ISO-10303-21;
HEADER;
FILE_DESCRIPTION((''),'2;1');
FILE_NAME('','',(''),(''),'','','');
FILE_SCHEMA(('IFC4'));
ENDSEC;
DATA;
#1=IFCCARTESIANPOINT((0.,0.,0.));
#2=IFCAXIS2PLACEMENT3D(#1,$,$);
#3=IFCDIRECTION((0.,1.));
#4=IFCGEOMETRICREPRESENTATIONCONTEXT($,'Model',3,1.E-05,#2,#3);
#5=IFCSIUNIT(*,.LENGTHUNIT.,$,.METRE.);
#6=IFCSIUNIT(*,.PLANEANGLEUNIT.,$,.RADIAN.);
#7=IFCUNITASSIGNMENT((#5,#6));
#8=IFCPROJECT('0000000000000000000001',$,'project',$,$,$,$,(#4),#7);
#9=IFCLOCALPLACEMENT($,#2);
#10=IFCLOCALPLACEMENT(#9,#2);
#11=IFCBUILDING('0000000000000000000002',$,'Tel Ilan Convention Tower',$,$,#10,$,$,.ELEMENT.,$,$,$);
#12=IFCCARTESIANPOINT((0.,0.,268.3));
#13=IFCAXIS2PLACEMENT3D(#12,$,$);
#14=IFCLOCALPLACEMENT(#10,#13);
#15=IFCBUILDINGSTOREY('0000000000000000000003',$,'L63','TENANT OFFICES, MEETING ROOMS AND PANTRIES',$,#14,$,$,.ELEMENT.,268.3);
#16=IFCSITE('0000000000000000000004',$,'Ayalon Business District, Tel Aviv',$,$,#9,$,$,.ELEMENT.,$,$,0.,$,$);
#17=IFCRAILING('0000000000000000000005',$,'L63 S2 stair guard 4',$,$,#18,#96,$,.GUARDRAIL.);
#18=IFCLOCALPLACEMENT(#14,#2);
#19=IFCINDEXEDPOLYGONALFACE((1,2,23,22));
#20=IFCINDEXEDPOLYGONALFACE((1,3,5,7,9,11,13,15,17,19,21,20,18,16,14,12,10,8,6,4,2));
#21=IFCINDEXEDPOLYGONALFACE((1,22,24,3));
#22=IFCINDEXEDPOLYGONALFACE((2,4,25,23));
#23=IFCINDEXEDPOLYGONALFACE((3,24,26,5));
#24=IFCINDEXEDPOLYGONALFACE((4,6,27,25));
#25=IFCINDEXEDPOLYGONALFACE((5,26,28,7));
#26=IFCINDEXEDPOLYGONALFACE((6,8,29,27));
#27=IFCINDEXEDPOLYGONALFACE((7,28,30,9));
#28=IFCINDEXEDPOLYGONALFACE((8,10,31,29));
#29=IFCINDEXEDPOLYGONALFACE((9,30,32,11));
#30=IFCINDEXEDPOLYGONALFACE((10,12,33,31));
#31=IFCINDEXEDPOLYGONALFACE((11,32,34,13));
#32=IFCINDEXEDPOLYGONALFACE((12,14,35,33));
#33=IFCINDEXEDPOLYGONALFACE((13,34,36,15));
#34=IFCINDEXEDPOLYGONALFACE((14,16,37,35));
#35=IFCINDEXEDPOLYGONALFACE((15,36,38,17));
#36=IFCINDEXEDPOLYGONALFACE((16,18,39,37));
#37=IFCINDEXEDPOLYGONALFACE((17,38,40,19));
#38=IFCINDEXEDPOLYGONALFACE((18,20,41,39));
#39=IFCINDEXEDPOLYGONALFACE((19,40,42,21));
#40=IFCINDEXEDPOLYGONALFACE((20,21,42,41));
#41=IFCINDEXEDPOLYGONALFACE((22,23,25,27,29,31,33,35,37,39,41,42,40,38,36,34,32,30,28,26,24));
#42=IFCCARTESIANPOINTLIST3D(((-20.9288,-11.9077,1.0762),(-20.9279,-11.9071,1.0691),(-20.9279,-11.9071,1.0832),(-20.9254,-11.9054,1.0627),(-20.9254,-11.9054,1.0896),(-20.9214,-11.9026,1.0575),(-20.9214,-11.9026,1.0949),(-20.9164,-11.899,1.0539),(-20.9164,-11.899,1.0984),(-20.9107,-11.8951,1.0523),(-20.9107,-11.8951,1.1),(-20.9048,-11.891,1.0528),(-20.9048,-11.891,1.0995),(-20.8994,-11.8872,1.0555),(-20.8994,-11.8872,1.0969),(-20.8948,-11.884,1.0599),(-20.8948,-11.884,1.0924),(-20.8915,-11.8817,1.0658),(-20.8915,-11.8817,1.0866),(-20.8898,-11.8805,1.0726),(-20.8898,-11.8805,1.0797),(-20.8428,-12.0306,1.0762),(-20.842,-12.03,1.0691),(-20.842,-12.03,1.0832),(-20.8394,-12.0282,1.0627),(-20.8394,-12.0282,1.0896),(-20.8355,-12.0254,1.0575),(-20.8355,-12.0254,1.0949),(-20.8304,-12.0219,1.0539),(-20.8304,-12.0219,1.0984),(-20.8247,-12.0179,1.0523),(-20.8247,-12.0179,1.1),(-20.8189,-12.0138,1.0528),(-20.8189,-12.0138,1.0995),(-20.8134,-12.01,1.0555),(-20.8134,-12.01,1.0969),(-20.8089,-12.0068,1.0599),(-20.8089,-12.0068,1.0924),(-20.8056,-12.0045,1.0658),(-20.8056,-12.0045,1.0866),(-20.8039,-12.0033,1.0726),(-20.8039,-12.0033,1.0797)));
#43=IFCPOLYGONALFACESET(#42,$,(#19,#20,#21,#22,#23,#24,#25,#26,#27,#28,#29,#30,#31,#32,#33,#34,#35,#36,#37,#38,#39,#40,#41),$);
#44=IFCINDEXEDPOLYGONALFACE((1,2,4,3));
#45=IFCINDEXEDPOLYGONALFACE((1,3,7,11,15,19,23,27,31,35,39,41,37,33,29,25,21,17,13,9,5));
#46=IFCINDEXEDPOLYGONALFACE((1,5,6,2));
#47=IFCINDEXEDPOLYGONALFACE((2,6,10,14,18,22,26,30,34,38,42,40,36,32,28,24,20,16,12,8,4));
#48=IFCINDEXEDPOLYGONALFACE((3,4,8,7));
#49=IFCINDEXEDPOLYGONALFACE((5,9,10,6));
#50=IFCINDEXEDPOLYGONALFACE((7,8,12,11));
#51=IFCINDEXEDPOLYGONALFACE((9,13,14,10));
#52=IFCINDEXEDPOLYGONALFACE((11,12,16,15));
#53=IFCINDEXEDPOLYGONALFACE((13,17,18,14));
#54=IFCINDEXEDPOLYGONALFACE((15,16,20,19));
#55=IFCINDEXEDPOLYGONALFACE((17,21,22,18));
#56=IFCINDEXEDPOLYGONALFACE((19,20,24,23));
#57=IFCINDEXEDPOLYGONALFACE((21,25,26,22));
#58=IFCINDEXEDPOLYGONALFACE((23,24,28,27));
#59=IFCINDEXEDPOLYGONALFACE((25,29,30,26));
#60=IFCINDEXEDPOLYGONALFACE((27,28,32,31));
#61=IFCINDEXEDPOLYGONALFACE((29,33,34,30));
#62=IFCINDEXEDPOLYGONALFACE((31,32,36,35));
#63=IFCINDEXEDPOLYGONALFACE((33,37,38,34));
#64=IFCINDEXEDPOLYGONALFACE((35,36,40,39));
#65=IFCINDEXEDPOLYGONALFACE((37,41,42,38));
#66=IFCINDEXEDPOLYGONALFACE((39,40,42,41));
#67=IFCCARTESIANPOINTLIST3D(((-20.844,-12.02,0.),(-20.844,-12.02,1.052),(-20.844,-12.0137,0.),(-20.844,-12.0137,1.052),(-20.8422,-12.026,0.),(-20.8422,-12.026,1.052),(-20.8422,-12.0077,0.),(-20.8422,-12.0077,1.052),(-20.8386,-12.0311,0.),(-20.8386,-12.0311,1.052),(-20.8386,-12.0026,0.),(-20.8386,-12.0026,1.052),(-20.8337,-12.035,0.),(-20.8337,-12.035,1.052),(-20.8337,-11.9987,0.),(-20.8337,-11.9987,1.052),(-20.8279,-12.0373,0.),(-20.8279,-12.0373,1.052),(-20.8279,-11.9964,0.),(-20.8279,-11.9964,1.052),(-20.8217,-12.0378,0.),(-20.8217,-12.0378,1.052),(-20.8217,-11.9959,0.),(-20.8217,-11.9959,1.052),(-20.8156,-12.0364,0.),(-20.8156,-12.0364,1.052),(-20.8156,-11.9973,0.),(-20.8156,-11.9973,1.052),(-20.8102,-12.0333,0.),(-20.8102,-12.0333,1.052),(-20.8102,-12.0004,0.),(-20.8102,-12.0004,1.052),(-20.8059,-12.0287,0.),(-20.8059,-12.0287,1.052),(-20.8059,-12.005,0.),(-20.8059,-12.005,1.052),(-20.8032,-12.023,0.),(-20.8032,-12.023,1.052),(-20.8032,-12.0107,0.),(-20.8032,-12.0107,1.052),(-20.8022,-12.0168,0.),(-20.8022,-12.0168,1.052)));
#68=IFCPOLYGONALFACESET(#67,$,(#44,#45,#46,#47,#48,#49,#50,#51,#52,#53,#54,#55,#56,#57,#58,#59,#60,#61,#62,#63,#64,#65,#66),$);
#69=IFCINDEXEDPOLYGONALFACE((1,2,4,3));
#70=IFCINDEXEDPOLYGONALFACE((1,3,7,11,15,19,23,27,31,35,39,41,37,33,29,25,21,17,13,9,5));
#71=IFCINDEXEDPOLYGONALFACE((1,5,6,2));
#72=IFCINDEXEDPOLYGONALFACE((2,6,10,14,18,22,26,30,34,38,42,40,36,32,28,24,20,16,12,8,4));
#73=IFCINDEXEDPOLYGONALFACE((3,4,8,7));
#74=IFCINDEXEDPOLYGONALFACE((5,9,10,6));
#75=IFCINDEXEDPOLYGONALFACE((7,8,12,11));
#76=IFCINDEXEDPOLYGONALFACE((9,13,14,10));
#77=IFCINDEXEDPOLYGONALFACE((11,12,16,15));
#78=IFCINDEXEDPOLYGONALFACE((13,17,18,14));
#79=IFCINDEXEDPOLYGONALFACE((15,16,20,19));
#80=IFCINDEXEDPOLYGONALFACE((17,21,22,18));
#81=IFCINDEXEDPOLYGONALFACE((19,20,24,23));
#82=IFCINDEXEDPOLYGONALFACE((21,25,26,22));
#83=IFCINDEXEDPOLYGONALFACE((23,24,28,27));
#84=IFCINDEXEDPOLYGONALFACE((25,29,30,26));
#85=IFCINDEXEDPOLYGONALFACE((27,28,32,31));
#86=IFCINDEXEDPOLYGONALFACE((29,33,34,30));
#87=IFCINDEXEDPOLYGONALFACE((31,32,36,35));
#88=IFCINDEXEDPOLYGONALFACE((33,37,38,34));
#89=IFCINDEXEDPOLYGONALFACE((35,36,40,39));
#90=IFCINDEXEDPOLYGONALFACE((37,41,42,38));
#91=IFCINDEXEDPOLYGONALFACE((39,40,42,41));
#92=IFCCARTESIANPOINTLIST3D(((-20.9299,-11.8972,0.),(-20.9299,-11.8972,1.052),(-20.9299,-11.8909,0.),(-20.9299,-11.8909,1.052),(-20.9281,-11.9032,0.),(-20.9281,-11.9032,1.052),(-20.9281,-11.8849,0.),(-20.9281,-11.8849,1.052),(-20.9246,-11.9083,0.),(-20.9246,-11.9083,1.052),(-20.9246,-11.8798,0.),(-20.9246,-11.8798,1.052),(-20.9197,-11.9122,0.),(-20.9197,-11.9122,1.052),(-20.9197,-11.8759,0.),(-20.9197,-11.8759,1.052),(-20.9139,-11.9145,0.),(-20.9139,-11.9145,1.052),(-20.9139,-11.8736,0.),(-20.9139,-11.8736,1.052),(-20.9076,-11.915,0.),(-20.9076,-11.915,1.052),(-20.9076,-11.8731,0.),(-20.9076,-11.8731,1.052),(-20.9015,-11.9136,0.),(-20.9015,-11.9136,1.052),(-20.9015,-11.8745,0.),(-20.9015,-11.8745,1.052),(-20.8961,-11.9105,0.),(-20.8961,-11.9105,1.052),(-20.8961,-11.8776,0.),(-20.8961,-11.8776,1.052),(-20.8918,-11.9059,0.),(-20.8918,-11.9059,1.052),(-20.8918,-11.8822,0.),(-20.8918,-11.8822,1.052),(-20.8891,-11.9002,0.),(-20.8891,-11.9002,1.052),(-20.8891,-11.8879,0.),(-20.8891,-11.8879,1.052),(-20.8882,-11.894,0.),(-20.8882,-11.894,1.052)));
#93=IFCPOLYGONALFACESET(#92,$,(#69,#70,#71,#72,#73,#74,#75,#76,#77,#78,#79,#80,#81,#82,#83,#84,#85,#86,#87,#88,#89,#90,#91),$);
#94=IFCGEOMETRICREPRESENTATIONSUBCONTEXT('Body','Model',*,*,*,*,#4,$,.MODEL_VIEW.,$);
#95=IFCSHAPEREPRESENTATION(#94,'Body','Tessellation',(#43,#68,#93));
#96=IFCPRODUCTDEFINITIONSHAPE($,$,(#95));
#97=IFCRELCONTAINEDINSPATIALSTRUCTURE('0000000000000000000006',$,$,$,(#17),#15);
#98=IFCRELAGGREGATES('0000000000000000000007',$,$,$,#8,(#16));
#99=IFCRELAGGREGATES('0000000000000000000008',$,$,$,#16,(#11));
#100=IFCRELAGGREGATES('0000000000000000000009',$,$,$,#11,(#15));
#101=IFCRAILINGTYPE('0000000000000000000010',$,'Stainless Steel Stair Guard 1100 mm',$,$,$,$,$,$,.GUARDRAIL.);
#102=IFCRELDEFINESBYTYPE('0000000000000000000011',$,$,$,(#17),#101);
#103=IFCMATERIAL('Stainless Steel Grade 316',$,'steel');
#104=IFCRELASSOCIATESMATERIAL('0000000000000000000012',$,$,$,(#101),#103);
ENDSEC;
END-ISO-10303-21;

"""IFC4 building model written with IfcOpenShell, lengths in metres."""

from ifc_helpers import new_model, si_unit, direction, frame, origin, origin_2d, place, context, subcontext, project, spatial, circle, extrude, material, type_object, element, save


model = new_model("IFC4")

# Units and contexts
model_context = context("Model", 3, precision=1e-05, world=origin(), true_north=direction((0.0, 1.0)))
body_context = subcontext(model_context, "Body", "Model", "MODEL_VIEW")
ifc_project = project(units=[si_unit("LENGTHUNIT", "METRE"), si_unit("PLANEANGLEUNIT", "RADIAN")], contexts=[model_context])

# Site, building, storey
site_placement = place(None, origin())
site = spatial("IfcSite", under=ifc_project, at=site_placement, Name="Ayalon Business District, Tel Aviv", CompositionType="ELEMENT", RefElevation=0.0)
building_placement = place(site_placement, origin())
building = spatial("IfcBuilding", under=site, at=building_placement, Name="Tel Ilan Convention Tower", CompositionType="ELEMENT")
storey_placement = place(building_placement, frame((0.0, 0.0, 268.3)))
storey = spatial("IfcBuildingStorey", under=building, at=storey_placement, Name="L63", Description="TENANT OFFICES, MEETING ROOMS AND PANTRIES", CompositionType="ELEMENT", Elevation=268.3)

# Railing
ifc_material_1 = material(Name="Stainless Steel Grade 316", Category="steel")
railing_type_1 = type_object("IfcRailingType", Name="Stainless Steel Stair Guard 1100 mm", PredefinedType="GUARDRAIL", material=ifc_material_1)
railing_1_placement = place(storey_placement, frame((-20.8232, -12.0168, 0.0)))
element("IfcRailing", 1, at=railing_1_placement, inside=storey, type_object=railing_type_1, Name="L63 S2 stair guard 4", PredefinedType="GUARDRAIL", context=body_context, shape_type="SweptSolid", body=[
    extrude(circle(Radius=0.0239, at=origin_2d()), frame((0.0, 0.0, 1.0762), z_axis=(-0.573353, 0.819308, 0.0), x_axis=(-0.819308, -0.573353, 0.0)), (0.0, 0.0, 1.0), 0.1499),
    extrude(circle(Radius=0.021, at=origin_2d()), origin(), (0.0, 0.0, 1.0), 1.052),
    extrude(circle(Radius=0.021, at=origin_2d()), frame((-0.0859, 0.1228, 0.0)), (0.0, 0.0, 1.0), 1.052),
])

save(model, "model.ifc")
